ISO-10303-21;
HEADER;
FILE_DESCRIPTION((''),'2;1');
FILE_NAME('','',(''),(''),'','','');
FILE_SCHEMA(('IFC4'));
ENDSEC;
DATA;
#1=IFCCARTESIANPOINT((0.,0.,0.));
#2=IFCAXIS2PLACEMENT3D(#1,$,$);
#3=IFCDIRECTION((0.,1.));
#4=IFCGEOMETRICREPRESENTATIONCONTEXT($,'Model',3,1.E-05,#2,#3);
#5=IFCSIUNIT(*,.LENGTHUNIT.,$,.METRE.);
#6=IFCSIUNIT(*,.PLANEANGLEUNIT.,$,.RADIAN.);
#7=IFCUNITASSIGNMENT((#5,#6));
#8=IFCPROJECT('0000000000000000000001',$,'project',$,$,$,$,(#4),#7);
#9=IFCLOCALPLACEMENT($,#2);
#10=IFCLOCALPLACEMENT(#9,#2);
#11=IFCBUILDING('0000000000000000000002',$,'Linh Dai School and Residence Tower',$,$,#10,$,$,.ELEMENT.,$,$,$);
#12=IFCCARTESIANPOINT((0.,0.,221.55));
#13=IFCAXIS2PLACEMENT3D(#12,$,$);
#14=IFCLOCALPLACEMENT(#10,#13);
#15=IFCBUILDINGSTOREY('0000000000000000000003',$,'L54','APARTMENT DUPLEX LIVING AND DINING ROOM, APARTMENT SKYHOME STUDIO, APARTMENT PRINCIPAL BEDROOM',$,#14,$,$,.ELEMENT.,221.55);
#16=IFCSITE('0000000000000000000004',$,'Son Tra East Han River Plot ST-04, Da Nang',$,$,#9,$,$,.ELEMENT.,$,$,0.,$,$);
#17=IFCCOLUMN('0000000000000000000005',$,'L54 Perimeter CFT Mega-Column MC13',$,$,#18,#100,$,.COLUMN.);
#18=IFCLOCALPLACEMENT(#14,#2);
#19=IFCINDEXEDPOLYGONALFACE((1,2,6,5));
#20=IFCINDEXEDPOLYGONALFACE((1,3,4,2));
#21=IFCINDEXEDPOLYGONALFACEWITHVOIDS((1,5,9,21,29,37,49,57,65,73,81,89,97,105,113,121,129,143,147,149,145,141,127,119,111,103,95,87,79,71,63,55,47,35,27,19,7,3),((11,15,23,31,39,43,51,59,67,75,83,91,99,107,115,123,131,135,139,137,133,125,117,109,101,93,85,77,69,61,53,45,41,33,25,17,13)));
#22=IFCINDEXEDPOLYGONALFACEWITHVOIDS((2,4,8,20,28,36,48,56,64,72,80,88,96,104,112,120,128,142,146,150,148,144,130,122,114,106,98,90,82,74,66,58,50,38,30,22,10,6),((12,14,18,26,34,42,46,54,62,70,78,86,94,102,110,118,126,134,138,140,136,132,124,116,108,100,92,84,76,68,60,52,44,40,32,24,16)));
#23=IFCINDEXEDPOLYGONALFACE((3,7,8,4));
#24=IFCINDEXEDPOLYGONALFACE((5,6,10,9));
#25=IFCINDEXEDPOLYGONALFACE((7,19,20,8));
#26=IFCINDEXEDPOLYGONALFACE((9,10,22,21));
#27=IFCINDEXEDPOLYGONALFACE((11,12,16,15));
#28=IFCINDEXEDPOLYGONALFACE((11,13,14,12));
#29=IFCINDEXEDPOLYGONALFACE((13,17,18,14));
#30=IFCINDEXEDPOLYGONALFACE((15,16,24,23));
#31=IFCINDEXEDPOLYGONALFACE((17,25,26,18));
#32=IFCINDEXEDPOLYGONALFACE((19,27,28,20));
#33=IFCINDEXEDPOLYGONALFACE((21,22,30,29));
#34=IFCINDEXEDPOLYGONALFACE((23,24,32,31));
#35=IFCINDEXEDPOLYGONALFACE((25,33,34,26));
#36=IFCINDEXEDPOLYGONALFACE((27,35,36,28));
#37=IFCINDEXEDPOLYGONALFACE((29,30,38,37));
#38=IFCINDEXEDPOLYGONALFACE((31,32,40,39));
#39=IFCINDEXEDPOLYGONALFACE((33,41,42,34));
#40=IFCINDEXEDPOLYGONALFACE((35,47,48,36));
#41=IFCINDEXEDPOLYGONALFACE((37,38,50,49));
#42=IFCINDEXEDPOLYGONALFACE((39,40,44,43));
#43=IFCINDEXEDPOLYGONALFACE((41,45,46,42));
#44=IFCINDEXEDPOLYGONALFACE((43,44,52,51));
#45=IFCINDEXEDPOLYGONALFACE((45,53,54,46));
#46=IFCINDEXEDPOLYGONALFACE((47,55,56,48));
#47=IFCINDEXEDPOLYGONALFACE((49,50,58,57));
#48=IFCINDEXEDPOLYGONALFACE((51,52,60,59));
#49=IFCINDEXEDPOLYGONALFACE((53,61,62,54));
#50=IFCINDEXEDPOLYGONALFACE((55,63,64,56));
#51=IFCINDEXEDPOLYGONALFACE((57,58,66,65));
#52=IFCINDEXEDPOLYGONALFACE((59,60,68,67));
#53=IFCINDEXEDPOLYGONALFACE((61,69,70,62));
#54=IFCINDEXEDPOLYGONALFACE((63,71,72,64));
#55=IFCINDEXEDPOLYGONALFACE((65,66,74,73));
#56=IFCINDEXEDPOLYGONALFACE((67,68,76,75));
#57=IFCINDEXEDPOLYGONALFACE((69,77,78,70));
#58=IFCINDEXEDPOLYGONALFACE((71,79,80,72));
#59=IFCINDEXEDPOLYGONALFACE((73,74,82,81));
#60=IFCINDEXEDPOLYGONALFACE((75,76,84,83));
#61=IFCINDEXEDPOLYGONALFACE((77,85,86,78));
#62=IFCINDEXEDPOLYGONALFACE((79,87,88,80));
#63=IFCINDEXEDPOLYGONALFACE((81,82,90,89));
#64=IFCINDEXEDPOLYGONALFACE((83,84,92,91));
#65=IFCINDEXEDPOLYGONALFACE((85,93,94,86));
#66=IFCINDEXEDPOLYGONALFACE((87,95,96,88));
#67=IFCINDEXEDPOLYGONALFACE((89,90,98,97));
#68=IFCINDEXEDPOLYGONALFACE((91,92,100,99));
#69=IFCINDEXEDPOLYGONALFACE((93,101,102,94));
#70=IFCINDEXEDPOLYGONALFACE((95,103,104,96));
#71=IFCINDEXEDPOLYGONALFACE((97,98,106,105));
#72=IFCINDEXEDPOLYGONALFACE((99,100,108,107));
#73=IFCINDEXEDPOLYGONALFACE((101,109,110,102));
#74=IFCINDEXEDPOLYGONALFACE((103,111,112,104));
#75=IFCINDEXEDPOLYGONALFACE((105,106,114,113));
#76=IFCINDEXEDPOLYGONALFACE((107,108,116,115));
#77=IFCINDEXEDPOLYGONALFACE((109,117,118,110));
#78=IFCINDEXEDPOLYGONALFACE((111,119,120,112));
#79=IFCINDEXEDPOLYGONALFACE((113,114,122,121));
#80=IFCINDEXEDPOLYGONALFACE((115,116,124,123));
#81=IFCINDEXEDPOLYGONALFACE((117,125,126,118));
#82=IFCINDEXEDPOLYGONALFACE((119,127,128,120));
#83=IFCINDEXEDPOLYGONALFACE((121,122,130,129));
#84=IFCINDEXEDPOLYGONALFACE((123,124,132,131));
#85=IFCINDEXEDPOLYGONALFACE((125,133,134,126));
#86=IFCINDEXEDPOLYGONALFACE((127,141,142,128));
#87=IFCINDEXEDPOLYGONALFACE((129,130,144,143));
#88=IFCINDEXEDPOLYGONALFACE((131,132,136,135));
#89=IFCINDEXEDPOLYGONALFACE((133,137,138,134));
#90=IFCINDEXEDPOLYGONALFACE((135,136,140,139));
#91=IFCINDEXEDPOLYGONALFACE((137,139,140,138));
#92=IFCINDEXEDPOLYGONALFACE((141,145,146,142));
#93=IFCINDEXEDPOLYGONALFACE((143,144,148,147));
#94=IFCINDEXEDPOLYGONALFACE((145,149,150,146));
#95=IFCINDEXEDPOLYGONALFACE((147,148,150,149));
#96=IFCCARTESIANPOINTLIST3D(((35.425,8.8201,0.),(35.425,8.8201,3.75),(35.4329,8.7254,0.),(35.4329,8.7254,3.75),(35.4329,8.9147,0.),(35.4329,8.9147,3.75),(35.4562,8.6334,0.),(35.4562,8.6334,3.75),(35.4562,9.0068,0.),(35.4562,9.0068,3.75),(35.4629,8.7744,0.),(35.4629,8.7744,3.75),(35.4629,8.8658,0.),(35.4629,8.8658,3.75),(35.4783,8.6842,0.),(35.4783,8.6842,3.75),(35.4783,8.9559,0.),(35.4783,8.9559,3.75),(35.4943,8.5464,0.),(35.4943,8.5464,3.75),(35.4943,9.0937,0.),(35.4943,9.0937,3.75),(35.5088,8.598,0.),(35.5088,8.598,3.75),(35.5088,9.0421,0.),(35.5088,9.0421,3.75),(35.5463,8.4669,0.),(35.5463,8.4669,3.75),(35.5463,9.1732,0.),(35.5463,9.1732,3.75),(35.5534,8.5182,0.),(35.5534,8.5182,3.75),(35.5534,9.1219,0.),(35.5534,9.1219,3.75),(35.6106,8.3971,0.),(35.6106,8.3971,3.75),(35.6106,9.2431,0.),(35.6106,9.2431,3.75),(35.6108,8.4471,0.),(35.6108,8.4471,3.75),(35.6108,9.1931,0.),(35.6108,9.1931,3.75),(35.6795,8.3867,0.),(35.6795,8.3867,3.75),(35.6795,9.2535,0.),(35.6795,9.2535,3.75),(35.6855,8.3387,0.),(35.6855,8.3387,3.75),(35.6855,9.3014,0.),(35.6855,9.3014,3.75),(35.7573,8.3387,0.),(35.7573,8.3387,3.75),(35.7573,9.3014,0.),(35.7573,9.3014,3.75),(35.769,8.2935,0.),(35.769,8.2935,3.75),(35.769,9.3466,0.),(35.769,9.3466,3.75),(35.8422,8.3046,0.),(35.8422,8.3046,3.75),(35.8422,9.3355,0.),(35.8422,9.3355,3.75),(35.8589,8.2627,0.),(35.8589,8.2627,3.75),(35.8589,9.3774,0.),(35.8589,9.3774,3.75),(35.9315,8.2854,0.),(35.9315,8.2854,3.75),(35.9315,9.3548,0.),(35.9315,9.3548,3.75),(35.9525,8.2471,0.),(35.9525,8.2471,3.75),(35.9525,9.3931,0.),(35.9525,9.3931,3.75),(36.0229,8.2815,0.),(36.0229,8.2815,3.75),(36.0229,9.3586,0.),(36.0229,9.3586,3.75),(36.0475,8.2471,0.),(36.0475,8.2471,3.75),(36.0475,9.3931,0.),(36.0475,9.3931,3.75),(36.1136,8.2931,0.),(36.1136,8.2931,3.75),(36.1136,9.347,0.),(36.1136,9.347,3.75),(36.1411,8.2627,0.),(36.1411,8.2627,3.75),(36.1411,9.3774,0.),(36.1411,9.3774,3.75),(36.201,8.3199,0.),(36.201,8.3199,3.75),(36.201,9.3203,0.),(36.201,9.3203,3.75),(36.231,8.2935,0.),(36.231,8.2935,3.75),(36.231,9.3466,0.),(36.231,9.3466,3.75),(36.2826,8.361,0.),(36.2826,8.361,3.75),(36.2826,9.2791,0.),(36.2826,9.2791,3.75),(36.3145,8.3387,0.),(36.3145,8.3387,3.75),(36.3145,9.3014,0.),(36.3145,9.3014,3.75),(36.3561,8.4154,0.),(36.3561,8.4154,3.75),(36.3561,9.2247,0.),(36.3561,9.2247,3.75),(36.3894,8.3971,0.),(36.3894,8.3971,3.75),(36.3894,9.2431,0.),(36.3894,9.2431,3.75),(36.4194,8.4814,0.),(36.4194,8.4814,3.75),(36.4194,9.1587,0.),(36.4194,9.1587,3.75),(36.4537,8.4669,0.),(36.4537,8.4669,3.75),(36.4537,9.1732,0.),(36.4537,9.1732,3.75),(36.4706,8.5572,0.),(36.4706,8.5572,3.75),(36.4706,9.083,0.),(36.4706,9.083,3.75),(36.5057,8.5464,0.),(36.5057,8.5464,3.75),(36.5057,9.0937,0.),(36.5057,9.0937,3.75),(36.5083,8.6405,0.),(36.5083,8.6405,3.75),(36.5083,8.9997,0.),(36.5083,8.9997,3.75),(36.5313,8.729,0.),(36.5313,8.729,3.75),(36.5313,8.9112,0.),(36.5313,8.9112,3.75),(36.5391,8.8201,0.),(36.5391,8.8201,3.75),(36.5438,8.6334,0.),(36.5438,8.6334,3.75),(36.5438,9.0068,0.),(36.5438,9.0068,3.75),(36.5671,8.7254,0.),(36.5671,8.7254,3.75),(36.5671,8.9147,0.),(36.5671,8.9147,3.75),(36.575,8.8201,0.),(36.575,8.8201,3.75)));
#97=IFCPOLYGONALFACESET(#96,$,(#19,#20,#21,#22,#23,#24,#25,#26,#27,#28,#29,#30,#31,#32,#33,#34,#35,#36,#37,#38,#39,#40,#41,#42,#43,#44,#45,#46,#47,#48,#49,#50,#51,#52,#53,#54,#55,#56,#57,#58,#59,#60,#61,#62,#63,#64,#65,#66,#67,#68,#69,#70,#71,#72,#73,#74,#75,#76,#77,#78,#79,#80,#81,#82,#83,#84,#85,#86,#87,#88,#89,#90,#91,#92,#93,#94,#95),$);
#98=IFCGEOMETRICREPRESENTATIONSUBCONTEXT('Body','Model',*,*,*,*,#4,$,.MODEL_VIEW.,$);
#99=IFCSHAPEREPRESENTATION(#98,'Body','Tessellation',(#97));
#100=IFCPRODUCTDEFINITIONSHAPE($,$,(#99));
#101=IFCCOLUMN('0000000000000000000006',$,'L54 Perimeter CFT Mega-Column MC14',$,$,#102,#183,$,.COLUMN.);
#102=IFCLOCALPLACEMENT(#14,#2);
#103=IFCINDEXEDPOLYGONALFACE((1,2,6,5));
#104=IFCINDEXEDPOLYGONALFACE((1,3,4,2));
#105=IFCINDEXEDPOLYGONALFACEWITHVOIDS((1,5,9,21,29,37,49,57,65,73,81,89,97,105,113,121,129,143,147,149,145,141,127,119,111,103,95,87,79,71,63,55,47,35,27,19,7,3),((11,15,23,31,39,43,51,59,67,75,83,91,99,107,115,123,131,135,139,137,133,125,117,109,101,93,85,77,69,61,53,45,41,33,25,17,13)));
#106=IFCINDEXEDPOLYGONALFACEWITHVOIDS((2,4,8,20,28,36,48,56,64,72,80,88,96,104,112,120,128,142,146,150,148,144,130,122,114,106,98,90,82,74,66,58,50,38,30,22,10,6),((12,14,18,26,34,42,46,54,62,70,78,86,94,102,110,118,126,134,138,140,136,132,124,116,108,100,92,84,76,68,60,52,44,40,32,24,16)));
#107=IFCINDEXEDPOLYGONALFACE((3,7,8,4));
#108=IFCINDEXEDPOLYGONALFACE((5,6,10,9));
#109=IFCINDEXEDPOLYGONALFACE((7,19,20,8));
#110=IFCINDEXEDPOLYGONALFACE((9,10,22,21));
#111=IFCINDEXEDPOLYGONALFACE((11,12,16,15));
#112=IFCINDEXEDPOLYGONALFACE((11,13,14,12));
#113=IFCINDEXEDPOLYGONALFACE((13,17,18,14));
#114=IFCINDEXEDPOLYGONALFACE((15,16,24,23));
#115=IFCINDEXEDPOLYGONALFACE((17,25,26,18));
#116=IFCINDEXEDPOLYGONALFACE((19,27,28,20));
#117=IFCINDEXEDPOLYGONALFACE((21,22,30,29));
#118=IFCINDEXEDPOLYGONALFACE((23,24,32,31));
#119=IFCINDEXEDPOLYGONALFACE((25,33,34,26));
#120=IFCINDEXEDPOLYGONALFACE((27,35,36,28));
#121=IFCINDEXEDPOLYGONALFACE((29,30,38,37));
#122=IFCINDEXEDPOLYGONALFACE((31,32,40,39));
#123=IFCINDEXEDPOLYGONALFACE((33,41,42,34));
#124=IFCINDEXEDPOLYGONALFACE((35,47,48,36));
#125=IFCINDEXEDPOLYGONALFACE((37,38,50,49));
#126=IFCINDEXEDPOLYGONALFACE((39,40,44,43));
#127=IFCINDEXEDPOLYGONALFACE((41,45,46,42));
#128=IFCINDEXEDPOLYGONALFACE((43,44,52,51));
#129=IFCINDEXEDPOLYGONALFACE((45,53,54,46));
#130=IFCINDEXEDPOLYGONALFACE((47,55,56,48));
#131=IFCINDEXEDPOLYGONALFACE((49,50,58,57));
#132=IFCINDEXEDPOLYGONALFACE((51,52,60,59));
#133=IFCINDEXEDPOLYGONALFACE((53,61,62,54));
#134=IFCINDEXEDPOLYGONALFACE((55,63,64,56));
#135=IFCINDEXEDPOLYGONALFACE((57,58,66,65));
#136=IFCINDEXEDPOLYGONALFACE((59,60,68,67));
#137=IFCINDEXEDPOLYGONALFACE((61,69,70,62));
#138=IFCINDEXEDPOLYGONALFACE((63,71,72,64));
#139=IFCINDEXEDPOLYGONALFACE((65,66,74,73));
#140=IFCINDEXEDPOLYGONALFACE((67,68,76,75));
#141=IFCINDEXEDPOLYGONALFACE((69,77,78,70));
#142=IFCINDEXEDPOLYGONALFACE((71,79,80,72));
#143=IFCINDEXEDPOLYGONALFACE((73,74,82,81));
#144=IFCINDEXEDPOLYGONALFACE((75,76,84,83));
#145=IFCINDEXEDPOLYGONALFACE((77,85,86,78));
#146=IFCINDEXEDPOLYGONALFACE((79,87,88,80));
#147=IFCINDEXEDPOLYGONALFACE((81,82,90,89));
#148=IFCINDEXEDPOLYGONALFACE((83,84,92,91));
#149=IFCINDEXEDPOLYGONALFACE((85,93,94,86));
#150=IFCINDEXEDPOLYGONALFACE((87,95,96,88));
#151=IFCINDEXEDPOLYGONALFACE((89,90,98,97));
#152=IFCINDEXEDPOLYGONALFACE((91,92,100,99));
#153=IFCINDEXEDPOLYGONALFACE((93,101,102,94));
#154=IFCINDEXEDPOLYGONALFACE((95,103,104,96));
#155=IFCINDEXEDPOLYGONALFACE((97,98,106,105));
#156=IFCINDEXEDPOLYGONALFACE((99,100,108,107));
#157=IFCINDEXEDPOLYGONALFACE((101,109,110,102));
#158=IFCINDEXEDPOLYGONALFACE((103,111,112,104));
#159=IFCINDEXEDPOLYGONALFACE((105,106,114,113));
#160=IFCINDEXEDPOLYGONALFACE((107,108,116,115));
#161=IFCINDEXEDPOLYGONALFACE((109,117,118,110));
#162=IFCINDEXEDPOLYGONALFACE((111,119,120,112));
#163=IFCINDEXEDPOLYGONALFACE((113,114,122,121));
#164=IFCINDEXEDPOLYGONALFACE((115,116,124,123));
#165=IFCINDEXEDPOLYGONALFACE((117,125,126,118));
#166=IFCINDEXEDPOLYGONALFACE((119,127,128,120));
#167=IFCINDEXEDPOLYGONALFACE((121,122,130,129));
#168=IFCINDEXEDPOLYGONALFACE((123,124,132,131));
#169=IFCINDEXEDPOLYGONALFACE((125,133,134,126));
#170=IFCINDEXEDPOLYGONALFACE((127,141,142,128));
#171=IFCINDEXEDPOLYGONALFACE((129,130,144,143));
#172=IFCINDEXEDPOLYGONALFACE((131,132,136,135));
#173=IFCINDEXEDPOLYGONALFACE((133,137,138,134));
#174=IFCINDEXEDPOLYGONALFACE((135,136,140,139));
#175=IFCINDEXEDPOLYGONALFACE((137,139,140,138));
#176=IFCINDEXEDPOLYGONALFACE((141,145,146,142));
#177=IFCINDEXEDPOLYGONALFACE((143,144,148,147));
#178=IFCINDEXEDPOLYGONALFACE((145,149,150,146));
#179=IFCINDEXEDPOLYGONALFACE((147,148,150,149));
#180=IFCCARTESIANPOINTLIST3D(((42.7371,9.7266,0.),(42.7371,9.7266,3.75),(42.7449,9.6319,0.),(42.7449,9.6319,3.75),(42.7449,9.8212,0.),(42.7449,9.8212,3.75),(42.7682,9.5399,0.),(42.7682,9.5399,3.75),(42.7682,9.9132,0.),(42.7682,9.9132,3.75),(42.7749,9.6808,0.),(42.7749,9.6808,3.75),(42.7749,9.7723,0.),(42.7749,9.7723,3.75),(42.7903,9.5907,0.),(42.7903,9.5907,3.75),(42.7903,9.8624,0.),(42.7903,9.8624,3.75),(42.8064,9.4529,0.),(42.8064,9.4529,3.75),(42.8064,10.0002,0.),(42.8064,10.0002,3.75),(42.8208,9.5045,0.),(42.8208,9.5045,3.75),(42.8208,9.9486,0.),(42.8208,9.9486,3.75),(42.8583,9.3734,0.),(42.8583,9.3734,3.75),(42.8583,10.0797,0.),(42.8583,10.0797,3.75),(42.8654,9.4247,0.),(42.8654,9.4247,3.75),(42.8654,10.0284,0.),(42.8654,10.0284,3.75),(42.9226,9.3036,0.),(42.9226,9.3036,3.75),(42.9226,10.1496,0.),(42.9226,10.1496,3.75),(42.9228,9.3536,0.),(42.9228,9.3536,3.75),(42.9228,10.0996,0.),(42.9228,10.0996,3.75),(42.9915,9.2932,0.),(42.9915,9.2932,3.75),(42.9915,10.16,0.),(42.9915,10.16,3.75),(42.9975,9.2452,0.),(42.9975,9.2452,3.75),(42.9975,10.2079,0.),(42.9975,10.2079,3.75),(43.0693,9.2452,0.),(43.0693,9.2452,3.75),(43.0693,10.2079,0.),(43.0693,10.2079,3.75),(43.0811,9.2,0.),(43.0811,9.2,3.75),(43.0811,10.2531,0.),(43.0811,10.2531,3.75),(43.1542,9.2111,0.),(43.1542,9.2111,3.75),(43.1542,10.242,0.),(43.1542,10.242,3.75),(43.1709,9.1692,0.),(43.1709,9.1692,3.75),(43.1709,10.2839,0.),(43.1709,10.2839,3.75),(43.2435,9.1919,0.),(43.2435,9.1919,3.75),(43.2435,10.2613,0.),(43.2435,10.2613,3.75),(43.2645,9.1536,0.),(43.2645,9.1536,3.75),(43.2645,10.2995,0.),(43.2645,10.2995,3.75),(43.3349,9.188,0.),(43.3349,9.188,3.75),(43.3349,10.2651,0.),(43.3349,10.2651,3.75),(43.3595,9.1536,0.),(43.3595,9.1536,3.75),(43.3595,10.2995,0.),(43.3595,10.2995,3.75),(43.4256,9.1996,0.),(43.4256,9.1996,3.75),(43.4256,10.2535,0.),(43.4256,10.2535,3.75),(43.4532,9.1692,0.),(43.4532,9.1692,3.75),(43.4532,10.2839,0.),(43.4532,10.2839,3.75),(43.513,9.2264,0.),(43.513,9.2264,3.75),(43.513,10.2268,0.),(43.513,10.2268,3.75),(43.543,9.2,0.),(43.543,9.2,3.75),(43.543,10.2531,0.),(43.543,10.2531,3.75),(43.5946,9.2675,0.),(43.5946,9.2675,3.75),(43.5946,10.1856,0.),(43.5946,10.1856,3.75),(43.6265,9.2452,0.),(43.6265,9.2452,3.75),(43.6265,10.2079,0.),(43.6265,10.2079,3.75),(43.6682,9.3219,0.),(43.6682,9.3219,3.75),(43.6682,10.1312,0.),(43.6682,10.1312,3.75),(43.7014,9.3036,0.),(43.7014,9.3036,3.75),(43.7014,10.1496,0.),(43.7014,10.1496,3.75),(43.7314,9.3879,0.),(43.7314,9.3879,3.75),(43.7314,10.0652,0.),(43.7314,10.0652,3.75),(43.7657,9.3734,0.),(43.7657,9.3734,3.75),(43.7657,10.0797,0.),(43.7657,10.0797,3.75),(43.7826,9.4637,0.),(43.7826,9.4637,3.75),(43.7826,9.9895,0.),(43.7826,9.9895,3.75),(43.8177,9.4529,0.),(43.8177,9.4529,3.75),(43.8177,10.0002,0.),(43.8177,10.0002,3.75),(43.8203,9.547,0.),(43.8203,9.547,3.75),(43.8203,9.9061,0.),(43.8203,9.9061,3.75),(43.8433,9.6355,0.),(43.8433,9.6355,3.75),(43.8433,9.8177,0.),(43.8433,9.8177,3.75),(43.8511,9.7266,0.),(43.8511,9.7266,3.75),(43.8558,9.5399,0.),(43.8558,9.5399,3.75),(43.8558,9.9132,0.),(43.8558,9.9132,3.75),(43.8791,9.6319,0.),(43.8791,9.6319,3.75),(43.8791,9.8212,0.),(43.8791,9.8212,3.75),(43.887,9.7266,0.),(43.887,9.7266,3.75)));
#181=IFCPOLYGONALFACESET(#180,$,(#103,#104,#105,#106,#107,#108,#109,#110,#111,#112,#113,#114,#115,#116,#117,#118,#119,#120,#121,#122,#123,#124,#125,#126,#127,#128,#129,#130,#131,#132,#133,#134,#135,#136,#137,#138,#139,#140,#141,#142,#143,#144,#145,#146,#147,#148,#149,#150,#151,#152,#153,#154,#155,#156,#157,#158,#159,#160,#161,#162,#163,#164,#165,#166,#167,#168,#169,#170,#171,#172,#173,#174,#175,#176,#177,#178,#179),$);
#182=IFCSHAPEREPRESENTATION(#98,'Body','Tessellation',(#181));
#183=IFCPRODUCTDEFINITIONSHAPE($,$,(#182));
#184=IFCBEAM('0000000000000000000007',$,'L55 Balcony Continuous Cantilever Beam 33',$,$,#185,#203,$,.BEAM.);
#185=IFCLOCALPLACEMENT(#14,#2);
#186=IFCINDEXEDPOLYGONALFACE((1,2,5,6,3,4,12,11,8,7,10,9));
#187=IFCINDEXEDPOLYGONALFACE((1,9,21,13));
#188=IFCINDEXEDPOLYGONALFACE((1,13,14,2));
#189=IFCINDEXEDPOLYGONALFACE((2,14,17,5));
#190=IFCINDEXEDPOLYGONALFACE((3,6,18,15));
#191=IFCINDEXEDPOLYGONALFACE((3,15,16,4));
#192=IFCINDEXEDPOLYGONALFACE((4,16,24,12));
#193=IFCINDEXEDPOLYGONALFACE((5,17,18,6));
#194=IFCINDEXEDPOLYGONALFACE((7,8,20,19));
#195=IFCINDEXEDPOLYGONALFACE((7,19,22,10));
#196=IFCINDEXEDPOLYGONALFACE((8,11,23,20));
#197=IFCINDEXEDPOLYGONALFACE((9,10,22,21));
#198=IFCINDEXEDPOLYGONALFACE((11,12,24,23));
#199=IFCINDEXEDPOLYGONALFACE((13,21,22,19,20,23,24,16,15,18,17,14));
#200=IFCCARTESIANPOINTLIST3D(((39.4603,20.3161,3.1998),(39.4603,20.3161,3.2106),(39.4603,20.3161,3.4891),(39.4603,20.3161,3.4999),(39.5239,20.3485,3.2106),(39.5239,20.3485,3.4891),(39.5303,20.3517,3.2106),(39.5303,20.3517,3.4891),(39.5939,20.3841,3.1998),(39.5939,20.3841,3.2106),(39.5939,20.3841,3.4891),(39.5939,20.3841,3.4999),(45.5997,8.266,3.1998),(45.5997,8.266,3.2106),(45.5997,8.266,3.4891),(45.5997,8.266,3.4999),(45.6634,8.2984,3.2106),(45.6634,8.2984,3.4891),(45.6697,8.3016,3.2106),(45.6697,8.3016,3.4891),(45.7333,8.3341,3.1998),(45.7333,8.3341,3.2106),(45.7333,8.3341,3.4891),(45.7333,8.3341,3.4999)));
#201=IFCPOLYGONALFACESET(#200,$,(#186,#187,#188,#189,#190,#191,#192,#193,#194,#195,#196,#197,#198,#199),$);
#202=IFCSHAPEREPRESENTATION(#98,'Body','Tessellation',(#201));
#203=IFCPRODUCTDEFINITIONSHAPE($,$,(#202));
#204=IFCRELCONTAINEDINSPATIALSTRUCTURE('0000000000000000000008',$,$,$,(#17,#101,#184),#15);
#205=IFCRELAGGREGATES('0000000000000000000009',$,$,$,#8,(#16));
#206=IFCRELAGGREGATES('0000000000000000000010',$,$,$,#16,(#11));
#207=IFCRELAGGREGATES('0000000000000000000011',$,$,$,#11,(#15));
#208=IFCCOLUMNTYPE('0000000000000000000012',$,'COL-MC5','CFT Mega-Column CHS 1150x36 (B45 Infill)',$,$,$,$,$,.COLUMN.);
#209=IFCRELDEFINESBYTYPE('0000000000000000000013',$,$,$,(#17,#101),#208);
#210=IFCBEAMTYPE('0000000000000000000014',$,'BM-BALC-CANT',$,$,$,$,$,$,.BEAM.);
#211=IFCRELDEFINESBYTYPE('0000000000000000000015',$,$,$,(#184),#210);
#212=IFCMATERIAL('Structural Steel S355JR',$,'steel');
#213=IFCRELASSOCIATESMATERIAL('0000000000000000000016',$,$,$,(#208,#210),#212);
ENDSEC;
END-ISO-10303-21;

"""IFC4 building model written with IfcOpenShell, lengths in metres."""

from ifc_helpers import new_model, si_unit, direction, frame, origin, origin_2d, place, context, subcontext, project, spatial, hollow_circle, i_section, extrude, material, material_profile, profile_set, type_object, element, save


model = new_model("IFC4")

# Units and contexts
model_context = context("Model", 3, precision=1e-05, world=origin(), true_north=direction((0.0, 1.0)))
body_context = subcontext(model_context, "Body", "Model", "MODEL_VIEW")
ifc_project = project(units=[si_unit("LENGTHUNIT", "METRE"), si_unit("PLANEANGLEUNIT", "RADIAN")], contexts=[model_context])

# Site, building, storey
site_placement = place(None, origin())
site = spatial("IfcSite", under=ifc_project, at=site_placement, Name="Son Tra East Han River Plot ST-04, Da Nang", CompositionType="ELEMENT", RefElevation=0.0)
building_placement = place(site_placement, origin())
building = spatial("IfcBuilding", under=site, at=building_placement, Name="Linh Dai School and Residence Tower", CompositionType="ELEMENT")
storey_placement = place(building_placement, frame((0.0, 0.0, 221.55)))
storey = spatial("IfcBuildingStorey", under=building, at=storey_placement, Name="L54", Description="APARTMENT DUPLEX LIVING AND DINING ROOM, APARTMENT SKYHOME STUDIO, APARTMENT PRINCIPAL BEDROOM", CompositionType="ELEMENT", Elevation=221.55)

# Columns
ifc_material_1 = material(Name="Structural Steel S355JR", Category="steel")
ifc_material_profile_1 = material_profile(ifc_material_1, hollow_circle(Radius=0.575, WallThickness=0.0359, at=origin_2d()), Name="CHS 1150x36")
ifc_profile_set_1 = profile_set([ifc_material_profile_1], Name="Structural Steel S355JR")
column_type = type_object("IfcColumnType", Name="COL-MC5", Description="CFT Mega-Column CHS 1150x36 (B45 Infill)", PredefinedType="COLUMN", material=ifc_profile_set_1)
for number, where, z_axis, x_axis, name in (
    (1, (36.0, 8.8201, 0.0), (0.0, 0.0, 1.0), (1.0, 0.0, 0.0), "L54 Perimeter CFT Mega-Column MC13"),
    (2, (43.312, 9.7266, 0.0), (0.0, 0.0, 1.0), (1.0, 0.0, 0.0), "L54 Perimeter CFT Mega-Column MC14"),
):
    element("IfcColumn", number, at=place(storey_placement, frame(where, z_axis=z_axis, x_axis=x_axis)), inside=storey, type_object=column_type, Name=name, PredefinedType="COLUMN", context=body_context, shape_type="SweptSolid", body=[
        extrude(hollow_circle(Radius=0.575, WallThickness=0.0359, at=origin_2d()), origin(), (0.0, 0.0, 1.0), 3.75),
    ])

# Beam
ifc_material_profile_2 = material_profile(ifc_material_1, i_section(OverallWidth=0.1499, OverallDepth=0.3, WebThickness=0.0071, FlangeThickness=0.0107, at=origin_2d()), Name="IPE 300")
ifc_profile_set_2 = profile_set([ifc_material_profile_2], Name="Structural Steel S355JR")
beam_type_1 = type_object("IfcBeamType", Name="BM-BALC-CANT", PredefinedType="BEAM", material=ifc_profile_set_2)
beam_1_placement = place(storey_placement, frame((39.5271, 20.3501, 3.3499), z_axis=(0.453967, -0.891019, 0.0), x_axis=(0.891019, 0.453967, 0.0)))
element("IfcBeam", 3, at=beam_1_placement, inside=storey, type_object=beam_type_1, Name="L55 Balcony Continuous Cantilever Beam 33", PredefinedType="BEAM", context=body_context, shape_type="SweptSolid", body=[
    extrude(i_section(OverallWidth=0.1499, OverallDepth=0.3, WebThickness=0.0071, FlangeThickness=0.0107, at=origin_2d()), origin(), (0.0, 0.0, 1.0), 13.5239),
])

save(model, "model.ifc")
